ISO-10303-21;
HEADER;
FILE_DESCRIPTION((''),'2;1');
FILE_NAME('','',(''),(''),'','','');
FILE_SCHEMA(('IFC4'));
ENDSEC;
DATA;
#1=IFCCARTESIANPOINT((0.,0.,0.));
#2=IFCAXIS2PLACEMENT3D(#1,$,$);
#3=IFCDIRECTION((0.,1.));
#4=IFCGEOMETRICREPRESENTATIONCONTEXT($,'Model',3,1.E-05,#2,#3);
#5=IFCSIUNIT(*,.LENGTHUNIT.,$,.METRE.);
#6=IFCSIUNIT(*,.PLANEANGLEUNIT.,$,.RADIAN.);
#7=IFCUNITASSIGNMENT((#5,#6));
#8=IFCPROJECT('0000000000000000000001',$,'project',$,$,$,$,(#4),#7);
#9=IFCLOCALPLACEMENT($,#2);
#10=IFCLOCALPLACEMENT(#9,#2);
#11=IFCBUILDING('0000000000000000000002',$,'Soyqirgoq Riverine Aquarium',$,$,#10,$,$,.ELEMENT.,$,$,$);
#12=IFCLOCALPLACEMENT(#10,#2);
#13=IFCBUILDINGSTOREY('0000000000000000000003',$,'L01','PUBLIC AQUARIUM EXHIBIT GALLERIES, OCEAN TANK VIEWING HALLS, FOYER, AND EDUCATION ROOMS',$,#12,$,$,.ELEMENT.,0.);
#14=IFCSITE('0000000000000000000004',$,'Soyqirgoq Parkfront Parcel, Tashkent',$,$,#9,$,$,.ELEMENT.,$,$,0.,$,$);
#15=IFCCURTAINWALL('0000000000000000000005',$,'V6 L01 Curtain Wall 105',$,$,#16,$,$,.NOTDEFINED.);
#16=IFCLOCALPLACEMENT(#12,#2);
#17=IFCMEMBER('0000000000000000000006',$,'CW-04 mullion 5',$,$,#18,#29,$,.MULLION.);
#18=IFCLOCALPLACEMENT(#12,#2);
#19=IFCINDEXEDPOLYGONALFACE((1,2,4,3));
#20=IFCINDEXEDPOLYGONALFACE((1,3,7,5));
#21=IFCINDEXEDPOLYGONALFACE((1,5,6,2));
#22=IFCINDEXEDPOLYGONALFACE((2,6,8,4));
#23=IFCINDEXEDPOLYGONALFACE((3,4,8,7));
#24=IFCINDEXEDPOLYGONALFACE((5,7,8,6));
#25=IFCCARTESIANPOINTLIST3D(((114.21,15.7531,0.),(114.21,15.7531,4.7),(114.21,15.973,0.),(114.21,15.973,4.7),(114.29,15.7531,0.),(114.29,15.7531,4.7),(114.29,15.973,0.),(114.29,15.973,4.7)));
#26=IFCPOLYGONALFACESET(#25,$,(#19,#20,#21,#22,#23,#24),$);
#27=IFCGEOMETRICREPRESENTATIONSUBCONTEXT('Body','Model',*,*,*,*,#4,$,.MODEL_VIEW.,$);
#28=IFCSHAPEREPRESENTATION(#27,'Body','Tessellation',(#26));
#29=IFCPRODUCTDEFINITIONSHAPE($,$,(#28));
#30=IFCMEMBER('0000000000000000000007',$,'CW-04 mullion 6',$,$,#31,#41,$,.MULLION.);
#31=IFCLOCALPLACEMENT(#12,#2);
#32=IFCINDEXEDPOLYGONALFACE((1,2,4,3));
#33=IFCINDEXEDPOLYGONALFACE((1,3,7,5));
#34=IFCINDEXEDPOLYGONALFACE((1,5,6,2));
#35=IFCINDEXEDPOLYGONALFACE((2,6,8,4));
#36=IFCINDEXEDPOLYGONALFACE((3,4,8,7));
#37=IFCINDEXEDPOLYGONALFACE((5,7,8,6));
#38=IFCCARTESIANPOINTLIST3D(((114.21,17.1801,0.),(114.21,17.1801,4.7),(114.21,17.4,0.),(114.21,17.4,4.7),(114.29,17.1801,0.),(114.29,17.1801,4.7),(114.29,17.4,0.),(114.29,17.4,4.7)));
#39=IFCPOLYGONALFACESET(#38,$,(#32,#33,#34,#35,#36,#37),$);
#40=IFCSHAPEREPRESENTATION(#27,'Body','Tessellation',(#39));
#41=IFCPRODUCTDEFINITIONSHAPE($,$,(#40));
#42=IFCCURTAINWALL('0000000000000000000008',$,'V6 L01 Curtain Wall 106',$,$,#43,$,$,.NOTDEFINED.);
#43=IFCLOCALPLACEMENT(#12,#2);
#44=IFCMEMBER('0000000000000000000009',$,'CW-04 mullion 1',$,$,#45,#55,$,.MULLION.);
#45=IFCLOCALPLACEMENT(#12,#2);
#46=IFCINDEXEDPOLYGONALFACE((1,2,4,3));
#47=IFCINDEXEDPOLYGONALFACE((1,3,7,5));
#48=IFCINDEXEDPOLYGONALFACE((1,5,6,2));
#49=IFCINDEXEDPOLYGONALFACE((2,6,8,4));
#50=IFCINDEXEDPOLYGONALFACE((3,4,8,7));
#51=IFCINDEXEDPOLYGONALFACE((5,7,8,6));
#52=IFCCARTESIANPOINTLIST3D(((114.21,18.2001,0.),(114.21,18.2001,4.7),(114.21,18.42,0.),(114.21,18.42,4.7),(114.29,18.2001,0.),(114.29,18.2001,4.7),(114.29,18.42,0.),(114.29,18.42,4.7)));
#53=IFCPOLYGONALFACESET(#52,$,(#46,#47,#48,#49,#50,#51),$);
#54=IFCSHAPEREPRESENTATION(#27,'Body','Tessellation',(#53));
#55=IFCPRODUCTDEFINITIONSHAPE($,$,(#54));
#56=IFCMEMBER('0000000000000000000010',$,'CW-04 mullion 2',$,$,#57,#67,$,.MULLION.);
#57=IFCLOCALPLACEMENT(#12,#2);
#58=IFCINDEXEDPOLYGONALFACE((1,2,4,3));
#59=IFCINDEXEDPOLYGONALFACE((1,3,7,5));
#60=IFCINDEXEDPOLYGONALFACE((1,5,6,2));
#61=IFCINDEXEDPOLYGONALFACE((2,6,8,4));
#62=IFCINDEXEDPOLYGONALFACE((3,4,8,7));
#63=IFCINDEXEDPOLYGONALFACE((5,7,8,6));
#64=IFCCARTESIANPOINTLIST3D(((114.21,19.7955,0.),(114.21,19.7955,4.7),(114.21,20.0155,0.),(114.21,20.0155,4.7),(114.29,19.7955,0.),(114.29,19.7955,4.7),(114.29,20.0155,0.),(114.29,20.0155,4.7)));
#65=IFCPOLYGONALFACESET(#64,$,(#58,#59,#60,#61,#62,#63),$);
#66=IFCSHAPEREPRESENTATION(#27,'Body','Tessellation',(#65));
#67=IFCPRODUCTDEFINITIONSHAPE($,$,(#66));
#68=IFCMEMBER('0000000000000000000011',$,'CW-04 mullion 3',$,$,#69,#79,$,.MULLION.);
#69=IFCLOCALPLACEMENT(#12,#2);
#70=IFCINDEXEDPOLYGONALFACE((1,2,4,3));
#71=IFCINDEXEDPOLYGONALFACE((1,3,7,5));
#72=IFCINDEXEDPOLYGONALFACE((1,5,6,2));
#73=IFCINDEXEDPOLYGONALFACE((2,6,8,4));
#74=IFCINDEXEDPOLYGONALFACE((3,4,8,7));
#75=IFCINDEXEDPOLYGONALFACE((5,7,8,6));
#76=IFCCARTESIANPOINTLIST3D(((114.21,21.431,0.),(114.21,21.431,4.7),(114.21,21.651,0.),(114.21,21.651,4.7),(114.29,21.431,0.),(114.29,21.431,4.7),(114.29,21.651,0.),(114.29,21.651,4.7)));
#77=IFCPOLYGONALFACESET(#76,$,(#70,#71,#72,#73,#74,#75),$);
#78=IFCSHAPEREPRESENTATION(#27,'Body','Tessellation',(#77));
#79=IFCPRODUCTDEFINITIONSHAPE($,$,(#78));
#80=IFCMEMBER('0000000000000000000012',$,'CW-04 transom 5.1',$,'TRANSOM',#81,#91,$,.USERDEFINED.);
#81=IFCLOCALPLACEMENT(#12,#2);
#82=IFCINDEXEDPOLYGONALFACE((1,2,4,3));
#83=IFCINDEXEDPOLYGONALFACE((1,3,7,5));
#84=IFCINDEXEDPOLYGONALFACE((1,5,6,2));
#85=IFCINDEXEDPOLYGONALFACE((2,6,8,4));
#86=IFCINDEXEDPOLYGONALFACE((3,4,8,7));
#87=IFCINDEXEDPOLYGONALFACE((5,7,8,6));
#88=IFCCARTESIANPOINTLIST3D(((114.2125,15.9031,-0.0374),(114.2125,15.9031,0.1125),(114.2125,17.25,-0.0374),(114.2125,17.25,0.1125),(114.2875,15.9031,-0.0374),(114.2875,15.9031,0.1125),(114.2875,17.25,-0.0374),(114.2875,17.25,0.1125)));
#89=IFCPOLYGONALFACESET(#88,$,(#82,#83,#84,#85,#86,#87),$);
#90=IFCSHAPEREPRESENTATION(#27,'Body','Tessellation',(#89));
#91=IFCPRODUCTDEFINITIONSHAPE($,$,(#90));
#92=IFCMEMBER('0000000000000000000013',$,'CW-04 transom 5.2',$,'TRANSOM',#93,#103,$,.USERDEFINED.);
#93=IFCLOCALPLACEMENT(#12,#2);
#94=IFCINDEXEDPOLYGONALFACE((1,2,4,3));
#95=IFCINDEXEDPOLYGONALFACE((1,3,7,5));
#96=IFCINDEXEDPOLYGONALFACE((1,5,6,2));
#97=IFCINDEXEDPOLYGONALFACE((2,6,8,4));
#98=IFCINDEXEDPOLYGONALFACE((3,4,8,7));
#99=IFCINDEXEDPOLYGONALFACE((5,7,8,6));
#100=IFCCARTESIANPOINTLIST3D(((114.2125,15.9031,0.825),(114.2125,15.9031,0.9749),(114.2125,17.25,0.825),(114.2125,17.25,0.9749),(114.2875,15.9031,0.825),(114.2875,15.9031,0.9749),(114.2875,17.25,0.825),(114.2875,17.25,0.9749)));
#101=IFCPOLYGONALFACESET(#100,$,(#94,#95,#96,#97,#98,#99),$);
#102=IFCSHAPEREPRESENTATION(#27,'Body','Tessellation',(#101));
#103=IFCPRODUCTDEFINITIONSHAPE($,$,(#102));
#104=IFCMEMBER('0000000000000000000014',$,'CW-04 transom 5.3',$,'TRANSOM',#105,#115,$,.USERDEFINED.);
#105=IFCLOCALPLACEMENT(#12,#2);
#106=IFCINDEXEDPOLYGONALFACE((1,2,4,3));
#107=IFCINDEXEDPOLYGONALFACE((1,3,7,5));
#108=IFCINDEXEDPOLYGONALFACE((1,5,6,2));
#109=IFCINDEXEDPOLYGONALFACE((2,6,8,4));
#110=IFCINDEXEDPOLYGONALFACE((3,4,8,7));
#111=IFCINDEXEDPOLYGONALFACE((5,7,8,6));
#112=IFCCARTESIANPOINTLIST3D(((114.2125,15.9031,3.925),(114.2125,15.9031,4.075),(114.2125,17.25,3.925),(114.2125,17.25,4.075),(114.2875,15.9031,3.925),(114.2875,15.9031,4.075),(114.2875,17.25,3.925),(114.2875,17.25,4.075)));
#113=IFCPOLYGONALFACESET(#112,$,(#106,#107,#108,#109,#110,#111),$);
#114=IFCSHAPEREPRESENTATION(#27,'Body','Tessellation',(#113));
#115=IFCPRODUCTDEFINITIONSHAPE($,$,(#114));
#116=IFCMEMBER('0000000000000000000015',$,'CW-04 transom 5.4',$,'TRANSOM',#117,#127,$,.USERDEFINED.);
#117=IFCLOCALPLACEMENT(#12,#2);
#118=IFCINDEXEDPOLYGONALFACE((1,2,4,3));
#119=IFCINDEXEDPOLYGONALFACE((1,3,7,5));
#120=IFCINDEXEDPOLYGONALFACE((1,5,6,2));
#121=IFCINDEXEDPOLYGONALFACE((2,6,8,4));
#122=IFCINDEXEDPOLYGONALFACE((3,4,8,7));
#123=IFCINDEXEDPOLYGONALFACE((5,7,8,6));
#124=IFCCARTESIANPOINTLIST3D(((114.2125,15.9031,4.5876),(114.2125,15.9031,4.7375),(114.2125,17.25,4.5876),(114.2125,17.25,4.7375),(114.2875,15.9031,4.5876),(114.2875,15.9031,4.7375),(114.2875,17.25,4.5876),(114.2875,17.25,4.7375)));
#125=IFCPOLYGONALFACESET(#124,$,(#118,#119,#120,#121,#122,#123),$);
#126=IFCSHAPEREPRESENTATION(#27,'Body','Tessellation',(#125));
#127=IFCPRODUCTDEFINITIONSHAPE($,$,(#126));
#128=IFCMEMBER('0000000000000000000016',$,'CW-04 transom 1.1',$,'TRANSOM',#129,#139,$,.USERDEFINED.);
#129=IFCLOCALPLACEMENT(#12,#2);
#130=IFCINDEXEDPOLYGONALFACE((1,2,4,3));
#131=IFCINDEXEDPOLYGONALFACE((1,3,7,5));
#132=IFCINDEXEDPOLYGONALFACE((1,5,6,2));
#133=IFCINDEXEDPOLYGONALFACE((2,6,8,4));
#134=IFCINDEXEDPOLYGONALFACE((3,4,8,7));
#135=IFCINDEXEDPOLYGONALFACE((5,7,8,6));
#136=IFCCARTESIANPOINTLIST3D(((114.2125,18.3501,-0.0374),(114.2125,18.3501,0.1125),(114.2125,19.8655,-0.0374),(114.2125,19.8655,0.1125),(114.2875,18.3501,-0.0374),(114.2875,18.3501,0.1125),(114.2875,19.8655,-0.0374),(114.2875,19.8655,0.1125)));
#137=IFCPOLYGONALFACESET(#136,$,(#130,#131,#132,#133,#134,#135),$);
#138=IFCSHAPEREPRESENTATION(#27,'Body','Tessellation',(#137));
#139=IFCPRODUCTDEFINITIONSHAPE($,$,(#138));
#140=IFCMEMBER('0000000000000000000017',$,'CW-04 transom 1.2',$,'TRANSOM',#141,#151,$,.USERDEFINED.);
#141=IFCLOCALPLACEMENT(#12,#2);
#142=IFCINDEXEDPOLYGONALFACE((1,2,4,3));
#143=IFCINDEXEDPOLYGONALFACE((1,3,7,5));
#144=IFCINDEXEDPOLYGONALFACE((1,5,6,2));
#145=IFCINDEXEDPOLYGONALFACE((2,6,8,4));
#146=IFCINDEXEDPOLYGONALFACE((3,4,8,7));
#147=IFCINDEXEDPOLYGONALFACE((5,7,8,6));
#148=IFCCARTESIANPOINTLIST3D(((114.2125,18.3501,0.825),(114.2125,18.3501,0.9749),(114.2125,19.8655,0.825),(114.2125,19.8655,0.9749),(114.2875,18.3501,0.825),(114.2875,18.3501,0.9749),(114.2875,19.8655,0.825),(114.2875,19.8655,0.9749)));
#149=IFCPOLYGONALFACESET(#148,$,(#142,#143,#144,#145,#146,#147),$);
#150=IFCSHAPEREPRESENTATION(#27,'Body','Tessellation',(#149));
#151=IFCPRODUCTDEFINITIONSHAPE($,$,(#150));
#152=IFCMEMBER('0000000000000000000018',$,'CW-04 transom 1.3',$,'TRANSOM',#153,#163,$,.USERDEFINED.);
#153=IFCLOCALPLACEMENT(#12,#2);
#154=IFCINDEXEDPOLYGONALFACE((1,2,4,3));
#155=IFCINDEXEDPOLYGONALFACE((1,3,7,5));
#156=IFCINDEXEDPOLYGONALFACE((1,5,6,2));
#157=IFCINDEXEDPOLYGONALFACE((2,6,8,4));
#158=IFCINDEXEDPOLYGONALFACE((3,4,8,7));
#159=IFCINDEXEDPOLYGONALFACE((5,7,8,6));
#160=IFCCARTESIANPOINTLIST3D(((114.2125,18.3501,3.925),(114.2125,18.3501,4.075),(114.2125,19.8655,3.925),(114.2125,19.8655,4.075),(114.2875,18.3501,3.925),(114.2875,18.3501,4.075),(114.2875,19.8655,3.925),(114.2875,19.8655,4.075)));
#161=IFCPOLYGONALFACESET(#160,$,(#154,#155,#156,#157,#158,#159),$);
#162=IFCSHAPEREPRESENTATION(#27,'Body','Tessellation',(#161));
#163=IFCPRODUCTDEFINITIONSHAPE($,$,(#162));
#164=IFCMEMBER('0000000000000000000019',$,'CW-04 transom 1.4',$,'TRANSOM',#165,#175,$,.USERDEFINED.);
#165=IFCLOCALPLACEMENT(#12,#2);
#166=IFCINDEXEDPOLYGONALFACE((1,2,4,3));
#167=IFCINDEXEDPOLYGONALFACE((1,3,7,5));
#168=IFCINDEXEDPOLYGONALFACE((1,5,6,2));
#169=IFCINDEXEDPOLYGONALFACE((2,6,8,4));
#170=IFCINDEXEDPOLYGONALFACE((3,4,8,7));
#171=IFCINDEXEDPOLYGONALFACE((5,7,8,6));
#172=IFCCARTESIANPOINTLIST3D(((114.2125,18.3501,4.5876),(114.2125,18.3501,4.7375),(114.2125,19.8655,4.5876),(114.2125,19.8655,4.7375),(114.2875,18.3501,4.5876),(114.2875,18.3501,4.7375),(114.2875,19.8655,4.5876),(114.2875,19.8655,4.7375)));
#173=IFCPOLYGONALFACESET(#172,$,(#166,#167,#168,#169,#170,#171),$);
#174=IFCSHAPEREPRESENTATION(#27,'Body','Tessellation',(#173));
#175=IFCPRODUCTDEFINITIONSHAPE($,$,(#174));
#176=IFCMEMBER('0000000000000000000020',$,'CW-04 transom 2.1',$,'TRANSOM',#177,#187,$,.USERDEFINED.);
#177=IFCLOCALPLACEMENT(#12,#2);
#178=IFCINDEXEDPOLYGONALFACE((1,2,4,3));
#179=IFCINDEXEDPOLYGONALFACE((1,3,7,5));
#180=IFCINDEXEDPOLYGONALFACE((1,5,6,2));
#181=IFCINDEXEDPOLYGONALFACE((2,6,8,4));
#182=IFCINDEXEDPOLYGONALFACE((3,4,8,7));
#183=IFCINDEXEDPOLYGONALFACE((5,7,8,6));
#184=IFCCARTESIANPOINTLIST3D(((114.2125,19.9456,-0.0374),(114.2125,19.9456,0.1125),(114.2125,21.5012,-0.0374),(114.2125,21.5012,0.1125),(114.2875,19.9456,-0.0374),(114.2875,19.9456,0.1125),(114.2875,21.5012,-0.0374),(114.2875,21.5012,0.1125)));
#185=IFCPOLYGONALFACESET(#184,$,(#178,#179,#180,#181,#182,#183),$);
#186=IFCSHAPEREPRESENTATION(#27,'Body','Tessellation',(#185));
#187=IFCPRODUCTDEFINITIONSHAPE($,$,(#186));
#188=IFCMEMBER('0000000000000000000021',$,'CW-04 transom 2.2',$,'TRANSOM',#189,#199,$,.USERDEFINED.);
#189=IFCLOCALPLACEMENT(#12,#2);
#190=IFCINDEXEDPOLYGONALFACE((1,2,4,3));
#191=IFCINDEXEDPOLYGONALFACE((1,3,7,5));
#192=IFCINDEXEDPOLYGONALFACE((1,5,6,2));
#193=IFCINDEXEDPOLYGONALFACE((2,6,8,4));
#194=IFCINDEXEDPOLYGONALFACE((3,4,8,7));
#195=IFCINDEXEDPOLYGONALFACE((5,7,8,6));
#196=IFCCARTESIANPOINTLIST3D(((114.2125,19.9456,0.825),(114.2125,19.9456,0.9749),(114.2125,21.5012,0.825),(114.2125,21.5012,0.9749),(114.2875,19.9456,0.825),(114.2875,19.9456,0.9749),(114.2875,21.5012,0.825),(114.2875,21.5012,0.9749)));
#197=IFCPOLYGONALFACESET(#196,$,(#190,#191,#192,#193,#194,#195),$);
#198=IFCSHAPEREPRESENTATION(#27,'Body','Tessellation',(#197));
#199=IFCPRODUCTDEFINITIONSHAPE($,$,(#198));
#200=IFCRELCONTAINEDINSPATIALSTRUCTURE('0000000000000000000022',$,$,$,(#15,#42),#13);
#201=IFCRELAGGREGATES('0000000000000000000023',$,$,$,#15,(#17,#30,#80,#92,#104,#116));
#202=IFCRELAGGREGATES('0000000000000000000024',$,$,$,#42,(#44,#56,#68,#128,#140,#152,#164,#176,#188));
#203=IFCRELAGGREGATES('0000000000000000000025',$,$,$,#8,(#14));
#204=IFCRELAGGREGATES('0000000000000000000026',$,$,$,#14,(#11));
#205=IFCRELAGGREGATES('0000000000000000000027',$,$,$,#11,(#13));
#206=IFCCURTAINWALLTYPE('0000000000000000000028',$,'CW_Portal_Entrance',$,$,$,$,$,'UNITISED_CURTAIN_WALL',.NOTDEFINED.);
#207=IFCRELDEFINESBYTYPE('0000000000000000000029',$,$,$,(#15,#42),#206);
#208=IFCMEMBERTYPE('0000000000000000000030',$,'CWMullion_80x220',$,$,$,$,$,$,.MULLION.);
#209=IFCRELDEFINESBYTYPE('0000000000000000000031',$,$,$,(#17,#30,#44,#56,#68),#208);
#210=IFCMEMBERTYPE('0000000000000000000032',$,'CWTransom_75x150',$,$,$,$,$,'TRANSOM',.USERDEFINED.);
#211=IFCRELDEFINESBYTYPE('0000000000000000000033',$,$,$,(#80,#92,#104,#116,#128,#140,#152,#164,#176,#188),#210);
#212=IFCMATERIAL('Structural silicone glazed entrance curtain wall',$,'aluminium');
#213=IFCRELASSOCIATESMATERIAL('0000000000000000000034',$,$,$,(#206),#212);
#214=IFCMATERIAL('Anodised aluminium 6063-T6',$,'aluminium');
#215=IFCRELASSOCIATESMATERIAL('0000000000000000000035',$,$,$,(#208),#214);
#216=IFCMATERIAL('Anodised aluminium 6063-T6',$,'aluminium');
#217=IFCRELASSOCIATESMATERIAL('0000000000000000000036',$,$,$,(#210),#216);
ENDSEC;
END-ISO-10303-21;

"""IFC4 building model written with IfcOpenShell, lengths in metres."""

from ifc_helpers import new_model, si_unit, direction, frame, origin, origin_2d, place, context, subcontext, project, spatial, rectangle, extrude, material, material_profile, profile_set, type_object, element, aggregate, save


model = new_model("IFC4")

# Units and contexts
model_context = context("Model", 3, precision=1e-05, world=origin(), true_north=direction((0.0, 1.0)))
body_context = subcontext(model_context, "Body", "Model", "MODEL_VIEW")
ifc_project = project(units=[si_unit("LENGTHUNIT", "METRE"), si_unit("PLANEANGLEUNIT", "RADIAN")], contexts=[model_context])

# Site, building, storey
site_placement = place(None, origin())
site = spatial("IfcSite", under=ifc_project, at=site_placement, Name="Soyqirgoq Parkfront Parcel, Tashkent", CompositionType="ELEMENT", RefElevation=0.0)
building_placement = place(site_placement, origin())
building = spatial("IfcBuilding", under=site, at=building_placement, Name="Soyqirgoq Riverine Aquarium", CompositionType="ELEMENT")
storey_placement = place(building_placement, origin())
storey = spatial("IfcBuildingStorey", under=building, at=storey_placement, Name="L01", Description="PUBLIC AQUARIUM EXHIBIT GALLERIES, OCEAN TANK VIEWING HALLS, FOYER, AND EDUCATION ROOMS", CompositionType="ELEMENT", Elevation=0.0)

# Curtain walls, members
ifc_material_1 = material(Name="Structural silicone glazed entrance curtain wall", Category="aluminium")
curtain_wall_type = type_object("IfcCurtainWallType", Name="CW_Portal_Entrance", ElementType="UNITISED_CURTAIN_WALL", PredefinedType="NOTDEFINED", material=ifc_material_1)
curtain_wall_1_placement = place(storey_placement, origin())
curtain_wall_1 = element("IfcCurtainWall", 1, at=curtain_wall_1_placement, inside=storey, type_object=curtain_wall_type, Name="V6 L01 Curtain Wall 105", PredefinedType="NOTDEFINED")
ifc_material_2 = material(Name="Anodised aluminium 6063-T6", Category="aluminium")
ifc_material_profile_1 = material_profile(ifc_material_2, rectangle(XDim=0.0801, YDim=0.22, at=origin_2d()), Name="ALU-M 80x220")
ifc_profile_set_1 = profile_set([ifc_material_profile_1], Name="Anodised aluminium 6063-T6")
member_type_1 = type_object("IfcMemberType", Name="CWMullion_80x220", PredefinedType="MULLION", material=ifc_profile_set_1)
member_1_placement = place(storey_placement, frame((114.25, 15.863, 0.0), z_axis=(0.0, 0.0, 1.0), x_axis=(-1.0, 0.0, 0.0)))
member_1 = element("IfcMember", 2, at=member_1_placement, type_object=member_type_1, Name="CW-04 mullion 5", PredefinedType="MULLION", context=body_context, shape_type="SweptSolid", body=[
    extrude(rectangle(XDim=0.0801, YDim=0.22, at=origin_2d()), origin(), (0.0, 0.0, 1.0), 4.7),
])
member_2_placement = place(storey_placement, frame((114.25, 17.29, 0.0), z_axis=(0.0, 0.0, 1.0), x_axis=(-1.0, 0.0, 0.0)))
member_2 = element("IfcMember", 3, at=member_2_placement, type_object=member_type_1, Name="CW-04 mullion 6", PredefinedType="MULLION", context=body_context, shape_type="SweptSolid", body=[
    extrude(rectangle(XDim=0.0801, YDim=0.22, at=origin_2d()), origin(), (0.0, 0.0, 1.0), 4.7),
])
curtain_wall_2_placement = place(storey_placement, origin())
curtain_wall_2 = element("IfcCurtainWall", 4, at=curtain_wall_2_placement, inside=storey, type_object=curtain_wall_type, Name="V6 L01 Curtain Wall 106", PredefinedType="NOTDEFINED")
member_3_placement = place(storey_placement, frame((114.25, 18.3101, 0.0), z_axis=(0.0, 0.0, 1.0), x_axis=(-1.0, 0.0, 0.0)))
member_3 = element("IfcMember", 5, at=member_3_placement, type_object=member_type_1, Name="CW-04 mullion 1", PredefinedType="MULLION", context=body_context, shape_type="SweptSolid", body=[
    extrude(rectangle(XDim=0.0801, YDim=0.22, at=origin_2d()), origin(), (0.0, 0.0, 1.0), 4.7),
])
member_4_placement = place(storey_placement, frame((114.25, 19.9055, 0.0), z_axis=(0.0, 0.0, 1.0), x_axis=(-1.0, 0.0, 0.0)))
member_4 = element("IfcMember", 6, at=member_4_placement, type_object=member_type_1, Name="CW-04 mullion 2", PredefinedType="MULLION", context=body_context, shape_type="SweptSolid", body=[
    extrude(rectangle(XDim=0.0801, YDim=0.22, at=origin_2d()), origin(), (0.0, 0.0, 1.0), 4.7),
])
member_5_placement = place(storey_placement, frame((114.25, 21.541, 0.0), z_axis=(0.0, 0.0, 1.0), x_axis=(-1.0, 0.0, 0.0)))
member_5 = element("IfcMember", 7, at=member_5_placement, type_object=member_type_1, Name="CW-04 mullion 3", PredefinedType="MULLION", context=body_context, shape_type="SweptSolid", body=[
    extrude(rectangle(XDim=0.0801, YDim=0.22, at=origin_2d()), origin(), (0.0, 0.0, 1.0), 4.7),
])

# Members
ifc_material_3 = material(Name="Anodised aluminium 6063-T6", Category="aluminium")
ifc_material_profile_2 = material_profile(ifc_material_3, rectangle(XDim=0.075, YDim=0.1499, at=origin_2d()), Name="ALU-T 75x150")
ifc_profile_set_2 = profile_set([ifc_material_profile_2], Name="Anodised aluminium 6063-T6")
member_type_2 = type_object("IfcMemberType", Name="CWTransom_75x150", ElementType="TRANSOM", PredefinedType="USERDEFINED", material=ifc_profile_set_2)
member_6_placement = place(storey_placement, frame((114.25, 15.9031, 0.0376), z_axis=(0.0, 1.0, 0.0), x_axis=(-1.0, 0.0, 0.0)))
member_6 = element("IfcMember", 8, at=member_6_placement, type_object=member_type_2, Name="CW-04 transom 5.1", ObjectType="TRANSOM", PredefinedType="USERDEFINED", context=body_context, shape_type="SweptSolid", body=[
    extrude(rectangle(XDim=0.075, YDim=0.1499, at=origin_2d()), origin(), (0.0, 0.0, 1.0), 1.3469),
])
member_7_placement = place(storey_placement, frame((114.25, 15.9031, 0.8999), z_axis=(0.0, 1.0, 0.0), x_axis=(-1.0, 0.0, 0.0)))
member_7 = element("IfcMember", 9, at=member_7_placement, type_object=member_type_2, Name="CW-04 transom 5.2", ObjectType="TRANSOM", PredefinedType="USERDEFINED", context=body_context, shape_type="SweptSolid", body=[
    extrude(rectangle(XDim=0.075, YDim=0.1499, at=origin_2d()), origin(), (0.0, 0.0, 1.0), 1.3469),
])
member_8_placement = place(storey_placement, frame((114.25, 15.9031, 4.0), z_axis=(0.0, 1.0, 0.0), x_axis=(-1.0, 0.0, 0.0)))
member_8 = element("IfcMember", 10, at=member_8_placement, type_object=member_type_2, Name="CW-04 transom 5.3", ObjectType="TRANSOM", PredefinedType="USERDEFINED", context=body_context, shape_type="SweptSolid", body=[
    extrude(rectangle(XDim=0.075, YDim=0.1499, at=origin_2d()), origin(), (0.0, 0.0, 1.0), 1.3469),
])
member_9_placement = place(storey_placement, frame((114.25, 15.9031, 4.6626), z_axis=(0.0, 1.0, 0.0), x_axis=(-1.0, 0.0, 0.0)))
member_9 = element("IfcMember", 11, at=member_9_placement, type_object=member_type_2, Name="CW-04 transom 5.4", ObjectType="TRANSOM", PredefinedType="USERDEFINED", context=body_context, shape_type="SweptSolid", body=[
    extrude(rectangle(XDim=0.075, YDim=0.1499, at=origin_2d()), origin(), (0.0, 0.0, 1.0), 1.3469),
])
member_10_placement = place(storey_placement, frame((114.25, 18.3501, 0.0376), z_axis=(0.0, 1.0, 0.0), x_axis=(-1.0, 0.0, 0.0)))
member_10 = element("IfcMember", 12, at=member_10_placement, type_object=member_type_2, Name="CW-04 transom 1.1", ObjectType="TRANSOM", PredefinedType="USERDEFINED", context=body_context, shape_type="SweptSolid", body=[
    extrude(rectangle(XDim=0.075, YDim=0.1499, at=origin_2d()), origin(), (0.0, 0.0, 1.0), 1.5154),
])
member_11_placement = place(storey_placement, frame((114.25, 18.3501, 0.8999), z_axis=(0.0, 1.0, 0.0), x_axis=(-1.0, 0.0, 0.0)))
member_11 = element("IfcMember", 13, at=member_11_placement, type_object=member_type_2, Name="CW-04 transom 1.2", ObjectType="TRANSOM", PredefinedType="USERDEFINED", context=body_context, shape_type="SweptSolid", body=[
    extrude(rectangle(XDim=0.075, YDim=0.1499, at=origin_2d()), origin(), (0.0, 0.0, 1.0), 1.5154),
])
member_12_placement = place(storey_placement, frame((114.25, 18.3501, 4.0), z_axis=(0.0, 1.0, 0.0), x_axis=(-1.0, 0.0, 0.0)))
member_12 = element("IfcMember", 14, at=member_12_placement, type_object=member_type_2, Name="CW-04 transom 1.3", ObjectType="TRANSOM", PredefinedType="USERDEFINED", context=body_context, shape_type="SweptSolid", body=[
    extrude(rectangle(XDim=0.075, YDim=0.1499, at=origin_2d()), origin(), (0.0, 0.0, 1.0), 1.5154),
])
member_13_placement = place(storey_placement, frame((114.25, 18.3501, 4.6626), z_axis=(0.0, 1.0, 0.0), x_axis=(-1.0, 0.0, 0.0)))
member_13 = element("IfcMember", 15, at=member_13_placement, type_object=member_type_2, Name="CW-04 transom 1.4", ObjectType="TRANSOM", PredefinedType="USERDEFINED", context=body_context, shape_type="SweptSolid", body=[
    extrude(rectangle(XDim=0.075, YDim=0.1499, at=origin_2d()), origin(), (0.0, 0.0, 1.0), 1.5154),
])
member_14_placement = place(storey_placement, frame((114.25, 19.9456, 0.0376), z_axis=(0.0, 1.0, 0.0), x_axis=(-1.0, 0.0, 0.0)))
member_14 = element("IfcMember", 16, at=member_14_placement, type_object=member_type_2, Name="CW-04 transom 2.1", ObjectType="TRANSOM", PredefinedType="USERDEFINED", context=body_context, shape_type="SweptSolid", body=[
    extrude(rectangle(XDim=0.075, YDim=0.1499, at=origin_2d()), origin(), (0.0, 0.0, 1.0), 1.5557),
])
member_15_placement = place(storey_placement, frame((114.25, 19.9456, 0.8999), z_axis=(0.0, 1.0, 0.0), x_axis=(-1.0, 0.0, 0.0)))
member_15 = element("IfcMember", 17, at=member_15_placement, type_object=member_type_2, Name="CW-04 transom 2.2", ObjectType="TRANSOM", PredefinedType="USERDEFINED", context=body_context, shape_type="SweptSolid", body=[
    extrude(rectangle(XDim=0.075, YDim=0.1499, at=origin_2d()), origin(), (0.0, 0.0, 1.0), 1.5557),
])

aggregate(curtain_wall_1, [member_1, member_2, member_6, member_7, member_8, member_9])
aggregate(curtain_wall_2, [member_3, member_4, member_5, member_10, member_11, member_12, member_13, member_14, member_15])

save(model, "model.ifc")
